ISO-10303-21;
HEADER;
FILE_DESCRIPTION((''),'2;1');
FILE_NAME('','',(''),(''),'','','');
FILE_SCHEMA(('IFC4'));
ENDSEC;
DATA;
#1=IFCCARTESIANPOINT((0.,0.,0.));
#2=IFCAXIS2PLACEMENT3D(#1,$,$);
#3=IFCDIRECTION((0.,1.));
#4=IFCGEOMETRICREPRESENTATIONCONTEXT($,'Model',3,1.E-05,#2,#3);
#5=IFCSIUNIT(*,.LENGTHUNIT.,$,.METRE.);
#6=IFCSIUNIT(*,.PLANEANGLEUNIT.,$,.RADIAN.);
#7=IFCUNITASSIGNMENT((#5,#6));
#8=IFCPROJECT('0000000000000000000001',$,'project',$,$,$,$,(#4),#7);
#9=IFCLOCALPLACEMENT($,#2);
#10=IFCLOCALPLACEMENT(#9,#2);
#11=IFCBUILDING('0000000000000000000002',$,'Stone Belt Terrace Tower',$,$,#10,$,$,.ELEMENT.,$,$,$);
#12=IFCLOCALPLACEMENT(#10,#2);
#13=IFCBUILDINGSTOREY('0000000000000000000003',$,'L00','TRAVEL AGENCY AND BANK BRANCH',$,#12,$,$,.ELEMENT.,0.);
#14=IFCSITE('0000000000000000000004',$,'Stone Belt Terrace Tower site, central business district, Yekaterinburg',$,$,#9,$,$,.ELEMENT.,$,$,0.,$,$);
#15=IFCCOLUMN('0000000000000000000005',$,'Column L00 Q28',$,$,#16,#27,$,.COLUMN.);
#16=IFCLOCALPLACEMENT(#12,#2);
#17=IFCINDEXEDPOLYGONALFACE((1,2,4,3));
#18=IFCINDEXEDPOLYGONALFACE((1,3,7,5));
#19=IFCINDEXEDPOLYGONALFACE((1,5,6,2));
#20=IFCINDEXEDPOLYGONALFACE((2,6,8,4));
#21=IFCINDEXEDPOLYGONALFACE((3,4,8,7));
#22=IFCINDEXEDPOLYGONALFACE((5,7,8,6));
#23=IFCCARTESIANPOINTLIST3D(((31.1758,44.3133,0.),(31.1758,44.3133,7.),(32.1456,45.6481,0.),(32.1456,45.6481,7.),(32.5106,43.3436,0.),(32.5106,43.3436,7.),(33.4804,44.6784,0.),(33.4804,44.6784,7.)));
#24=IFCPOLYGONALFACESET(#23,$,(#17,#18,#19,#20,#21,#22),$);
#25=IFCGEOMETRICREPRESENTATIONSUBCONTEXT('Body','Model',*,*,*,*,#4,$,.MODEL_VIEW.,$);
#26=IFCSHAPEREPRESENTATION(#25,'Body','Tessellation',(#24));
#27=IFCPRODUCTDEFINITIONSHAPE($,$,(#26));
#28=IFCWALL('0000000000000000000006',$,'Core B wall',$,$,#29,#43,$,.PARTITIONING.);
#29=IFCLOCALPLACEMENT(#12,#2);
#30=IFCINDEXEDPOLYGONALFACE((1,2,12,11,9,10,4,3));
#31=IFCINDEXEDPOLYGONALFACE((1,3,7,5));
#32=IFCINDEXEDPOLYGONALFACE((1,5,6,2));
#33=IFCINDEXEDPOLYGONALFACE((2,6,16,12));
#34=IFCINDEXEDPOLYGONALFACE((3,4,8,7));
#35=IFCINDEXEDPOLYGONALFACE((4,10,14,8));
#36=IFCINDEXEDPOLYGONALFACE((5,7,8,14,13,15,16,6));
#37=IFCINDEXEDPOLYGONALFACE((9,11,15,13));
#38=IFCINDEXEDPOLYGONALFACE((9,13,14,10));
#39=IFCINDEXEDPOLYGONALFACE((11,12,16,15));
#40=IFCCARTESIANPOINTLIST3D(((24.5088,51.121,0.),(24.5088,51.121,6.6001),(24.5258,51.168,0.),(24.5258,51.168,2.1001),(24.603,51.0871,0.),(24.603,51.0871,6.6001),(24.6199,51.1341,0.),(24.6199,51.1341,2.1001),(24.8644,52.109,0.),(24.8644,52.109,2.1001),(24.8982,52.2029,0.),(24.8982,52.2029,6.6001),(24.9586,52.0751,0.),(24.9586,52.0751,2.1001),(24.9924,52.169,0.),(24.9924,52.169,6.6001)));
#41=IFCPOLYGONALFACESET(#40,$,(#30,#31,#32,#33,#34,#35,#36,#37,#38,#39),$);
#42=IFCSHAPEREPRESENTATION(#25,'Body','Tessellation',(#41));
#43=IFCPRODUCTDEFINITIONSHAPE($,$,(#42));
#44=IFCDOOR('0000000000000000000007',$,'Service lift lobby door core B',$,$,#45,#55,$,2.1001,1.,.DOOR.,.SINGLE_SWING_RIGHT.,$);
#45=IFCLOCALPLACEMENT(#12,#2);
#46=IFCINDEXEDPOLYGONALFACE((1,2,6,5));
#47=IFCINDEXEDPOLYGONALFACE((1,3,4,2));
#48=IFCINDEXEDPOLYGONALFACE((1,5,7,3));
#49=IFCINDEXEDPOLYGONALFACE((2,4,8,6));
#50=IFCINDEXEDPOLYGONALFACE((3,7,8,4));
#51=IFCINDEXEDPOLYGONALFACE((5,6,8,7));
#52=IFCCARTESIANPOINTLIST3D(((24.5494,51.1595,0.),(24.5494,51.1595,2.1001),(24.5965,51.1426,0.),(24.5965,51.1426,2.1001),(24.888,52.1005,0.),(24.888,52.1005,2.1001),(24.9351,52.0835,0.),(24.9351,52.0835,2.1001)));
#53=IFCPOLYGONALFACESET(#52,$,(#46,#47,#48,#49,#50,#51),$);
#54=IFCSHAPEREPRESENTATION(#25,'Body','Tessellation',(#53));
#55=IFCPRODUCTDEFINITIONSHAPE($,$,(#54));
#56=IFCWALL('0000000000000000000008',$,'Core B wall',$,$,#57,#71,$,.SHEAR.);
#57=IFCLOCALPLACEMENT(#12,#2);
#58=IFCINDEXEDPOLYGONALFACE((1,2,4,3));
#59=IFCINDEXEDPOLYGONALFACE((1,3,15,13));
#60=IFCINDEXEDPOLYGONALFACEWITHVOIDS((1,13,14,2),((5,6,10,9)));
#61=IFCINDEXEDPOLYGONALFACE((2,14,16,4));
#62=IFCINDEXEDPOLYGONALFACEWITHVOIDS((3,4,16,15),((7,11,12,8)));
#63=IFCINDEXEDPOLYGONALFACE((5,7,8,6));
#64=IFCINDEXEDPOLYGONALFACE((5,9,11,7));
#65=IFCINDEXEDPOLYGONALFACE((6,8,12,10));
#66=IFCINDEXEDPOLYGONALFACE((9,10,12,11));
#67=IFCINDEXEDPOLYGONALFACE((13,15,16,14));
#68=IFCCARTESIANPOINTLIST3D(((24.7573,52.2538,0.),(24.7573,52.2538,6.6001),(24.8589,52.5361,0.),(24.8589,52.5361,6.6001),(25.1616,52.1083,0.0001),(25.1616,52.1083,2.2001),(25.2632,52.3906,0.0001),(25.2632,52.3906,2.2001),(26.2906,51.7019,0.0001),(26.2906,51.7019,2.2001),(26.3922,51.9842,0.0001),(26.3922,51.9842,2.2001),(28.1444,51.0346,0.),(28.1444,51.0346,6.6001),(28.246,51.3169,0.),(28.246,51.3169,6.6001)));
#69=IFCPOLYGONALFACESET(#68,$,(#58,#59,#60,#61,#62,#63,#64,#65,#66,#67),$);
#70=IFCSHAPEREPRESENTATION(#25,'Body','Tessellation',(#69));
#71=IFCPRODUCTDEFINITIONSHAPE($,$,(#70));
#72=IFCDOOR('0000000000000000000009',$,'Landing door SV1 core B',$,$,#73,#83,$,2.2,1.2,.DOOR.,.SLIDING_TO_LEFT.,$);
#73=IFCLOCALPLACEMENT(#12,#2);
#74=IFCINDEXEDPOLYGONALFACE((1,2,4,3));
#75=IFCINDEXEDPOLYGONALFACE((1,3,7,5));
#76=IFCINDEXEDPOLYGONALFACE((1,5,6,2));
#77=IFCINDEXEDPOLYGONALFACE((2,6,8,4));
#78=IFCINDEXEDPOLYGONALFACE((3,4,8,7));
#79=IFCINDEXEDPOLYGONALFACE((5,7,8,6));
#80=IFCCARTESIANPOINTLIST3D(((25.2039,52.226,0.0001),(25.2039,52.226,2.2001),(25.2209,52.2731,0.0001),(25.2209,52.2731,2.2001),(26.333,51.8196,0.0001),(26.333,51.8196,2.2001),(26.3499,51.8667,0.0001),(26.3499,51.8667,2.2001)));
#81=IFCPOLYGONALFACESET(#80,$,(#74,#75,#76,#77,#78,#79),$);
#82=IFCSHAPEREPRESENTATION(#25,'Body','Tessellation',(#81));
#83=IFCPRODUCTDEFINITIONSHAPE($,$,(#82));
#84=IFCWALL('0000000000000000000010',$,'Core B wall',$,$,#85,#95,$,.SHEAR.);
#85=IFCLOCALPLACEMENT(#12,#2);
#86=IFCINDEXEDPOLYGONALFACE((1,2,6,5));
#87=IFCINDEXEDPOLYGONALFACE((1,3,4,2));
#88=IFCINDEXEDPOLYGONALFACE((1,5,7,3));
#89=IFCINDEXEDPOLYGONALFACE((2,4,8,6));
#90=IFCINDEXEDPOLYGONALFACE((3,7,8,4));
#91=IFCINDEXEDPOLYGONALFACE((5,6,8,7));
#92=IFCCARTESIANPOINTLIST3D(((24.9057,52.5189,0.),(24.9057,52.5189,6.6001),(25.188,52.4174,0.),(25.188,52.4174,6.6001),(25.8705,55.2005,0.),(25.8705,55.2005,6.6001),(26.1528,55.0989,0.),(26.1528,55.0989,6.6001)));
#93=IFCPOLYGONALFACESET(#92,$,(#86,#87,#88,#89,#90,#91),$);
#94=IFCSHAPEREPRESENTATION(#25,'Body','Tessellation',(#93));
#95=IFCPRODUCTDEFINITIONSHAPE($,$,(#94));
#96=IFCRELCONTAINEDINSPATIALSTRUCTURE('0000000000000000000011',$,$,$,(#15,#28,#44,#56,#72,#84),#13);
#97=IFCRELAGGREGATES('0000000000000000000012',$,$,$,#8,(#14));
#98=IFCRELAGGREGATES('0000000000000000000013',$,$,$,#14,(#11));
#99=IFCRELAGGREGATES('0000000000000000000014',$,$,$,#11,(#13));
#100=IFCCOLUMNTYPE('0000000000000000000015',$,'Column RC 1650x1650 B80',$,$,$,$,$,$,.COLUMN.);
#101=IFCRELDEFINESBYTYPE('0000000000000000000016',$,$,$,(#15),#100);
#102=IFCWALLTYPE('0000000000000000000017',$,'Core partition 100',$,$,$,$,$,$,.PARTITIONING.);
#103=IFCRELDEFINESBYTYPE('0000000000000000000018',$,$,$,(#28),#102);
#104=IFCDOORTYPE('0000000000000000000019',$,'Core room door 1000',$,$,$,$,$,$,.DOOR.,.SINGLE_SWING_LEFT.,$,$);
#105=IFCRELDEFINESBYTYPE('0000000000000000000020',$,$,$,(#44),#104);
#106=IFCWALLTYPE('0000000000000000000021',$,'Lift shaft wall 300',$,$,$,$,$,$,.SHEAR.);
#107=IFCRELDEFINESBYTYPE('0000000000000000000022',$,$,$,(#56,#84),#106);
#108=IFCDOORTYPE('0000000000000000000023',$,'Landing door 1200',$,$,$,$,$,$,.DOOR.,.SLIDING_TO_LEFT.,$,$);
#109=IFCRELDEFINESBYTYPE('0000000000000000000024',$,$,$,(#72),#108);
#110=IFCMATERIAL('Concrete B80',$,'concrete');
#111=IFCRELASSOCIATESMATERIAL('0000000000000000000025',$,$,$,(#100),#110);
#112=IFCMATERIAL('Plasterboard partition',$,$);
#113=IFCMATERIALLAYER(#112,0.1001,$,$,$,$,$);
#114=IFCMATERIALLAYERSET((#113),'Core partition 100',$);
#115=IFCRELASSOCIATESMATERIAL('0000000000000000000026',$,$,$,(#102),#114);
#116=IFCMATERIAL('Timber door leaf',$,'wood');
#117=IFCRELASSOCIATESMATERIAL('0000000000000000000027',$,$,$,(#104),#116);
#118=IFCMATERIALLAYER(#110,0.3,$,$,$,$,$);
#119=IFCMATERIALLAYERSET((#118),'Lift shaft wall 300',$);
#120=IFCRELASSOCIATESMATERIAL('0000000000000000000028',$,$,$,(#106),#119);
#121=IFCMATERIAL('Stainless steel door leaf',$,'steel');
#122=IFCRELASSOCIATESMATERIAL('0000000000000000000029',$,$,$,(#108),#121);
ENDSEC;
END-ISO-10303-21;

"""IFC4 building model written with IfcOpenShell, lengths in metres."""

from ifc_helpers import new_model, si_unit, direction, frame, frame_2d, origin, origin_2d, place, context, subcontext, project, spatial, rectangle, extrude, material, layer, layer_set, material_profile, profile_set, type_object, element, fill, save


model = new_model("IFC4")

# Units and contexts
model_context = context("Model", 3, precision=1e-05, world=origin(), true_north=direction((0.0, 1.0)))
body_context = subcontext(model_context, "Body", "Model", "MODEL_VIEW")
ifc_project = project(units=[si_unit("LENGTHUNIT", "METRE"), si_unit("PLANEANGLEUNIT", "RADIAN")], contexts=[model_context])

# Site, building, storey
site_placement = place(None, origin())
site = spatial("IfcSite", under=ifc_project, at=site_placement, Name="Stone Belt Terrace Tower site, central business district, Yekaterinburg", CompositionType="ELEMENT", RefElevation=0.0)
building_placement = place(site_placement, origin())
building = spatial("IfcBuilding", under=site, at=building_placement, Name="Stone Belt Terrace Tower", CompositionType="ELEMENT")
storey_placement = place(building_placement, origin())
storey = spatial("IfcBuildingStorey", under=building, at=storey_placement, Name="L00", Description="TRAVEL AGENCY AND BANK BRANCH", CompositionType="ELEMENT", Elevation=0.0)

# Column
ifc_material_1 = material(Name="Concrete B80", Category="concrete")
ifc_material_profile = material_profile(ifc_material_1, rectangle(XDim=1.6499, YDim=1.6499, at=origin_2d()), Name="RC 1650x1650")
ifc_profile_set = profile_set([ifc_material_profile], Name="Concrete B80")
column_type = type_object("IfcColumnType", Name="Column RC 1650x1650 B80", PredefinedType="COLUMN", material=ifc_profile_set)
column_placement = place(storey_placement, frame((32.3281, 44.4958, 0.0), z_axis=(0.0, 0.0, 1.0), x_axis=(0.809017, -0.587785, 0.0)))
element("IfcColumn", 1, at=column_placement, inside=storey, type_object=column_type, Name="Column L00 Q28", PredefinedType="COLUMN", context=body_context, shape_type="SweptSolid", body=[
    extrude(rectangle(XDim=1.6499, YDim=1.6499, at=origin_2d()), origin(), (0.0, 0.0, 1.0), 7.0),
])

# Walls, openings, doors
ifc_material_2 = material(Name="Plasterboard partition")
ifc_layer_1 = layer(ifc_material_2, 0.1001)
ifc_layer_set_1 = layer_set([ifc_layer_1], Name="Core partition 100")
wall_type_1 = type_object("IfcWallType", Name="Core partition 100", PredefinedType="PARTITIONING", material=ifc_layer_set_1)
wall_1_placement = place(storey_placement, frame((24.5559, 51.104, 0.0), z_axis=(0.0, 0.0, 1.0), x_axis=(0.338622, 0.940923, 0.0)))
wall_1 = element("IfcWall", 2, at=wall_1_placement, inside=storey, type_object=wall_type_1, Name="Core B wall", PredefinedType="PARTITIONING", context=body_context, shape_type="SweptSolid", body=[
    extrude(rectangle(XDim=1.1499, YDim=0.1001, at=frame_2d((0.575, 0.0))), origin(), (0.0, 0.0, 1.0), 6.6001),
])
opening_1_placement = place(wall_1_placement, frame((0.05, 0.0, 0.0)))
opening_1 = element("IfcOpeningElement", 3, at=opening_1_placement, cuts=wall_1, PredefinedType="OPENING", context=body_context, shape_type="SweptSolid", body=[
    extrude(rectangle(XDim=1.0, YDim=2.1001, at=frame_2d((0.5, 1.05))), frame((0.0, 0.0601, 0.0), z_axis=(0.0, -1.0, 0.0), x_axis=(1.0, 0.0, 0.0)), (0.0, 0.0, 1.0), 0.1201),
])
ifc_material_3 = material(Name="Timber door leaf", Category="wood")
door_type_1 = type_object("IfcDoorType", Name="Core room door 1000", OperationType="SINGLE_SWING_LEFT", PredefinedType="DOOR", material=ifc_material_3)
door_1_placement = place(opening_1_placement, origin())
door_1 = element("IfcDoor", 4, at=door_1_placement, inside=storey, type_object=door_type_1, Name="Service lift lobby door core B", OperationType="SINGLE_SWING_RIGHT", OverallHeight=2.1001, OverallWidth=1.0, PredefinedType="DOOR", context=body_context, shape_type="SweptSolid", body=[
    extrude(rectangle(XDim=1.0, YDim=2.1001, at=frame_2d((0.5, 1.05))), frame((0.0, 0.0249, 0.0), z_axis=(0.0, -1.0, 0.0), x_axis=(1.0, 0.0, 0.0)), (0.0, 0.0, 1.0), 0.05),
])
fill(opening_1, door_1)
ifc_layer_2 = layer(ifc_material_1, 0.3)
ifc_layer_set_2 = layer_set([ifc_layer_2], Name="Lift shaft wall 300")
wall_type_2 = type_object("IfcWallType", Name="Lift shaft wall 300", PredefinedType="SHEAR", material=ifc_layer_set_2)
wall_2_placement = place(storey_placement, frame((28.1951, 51.1758, 0.0), z_axis=(0.0, 0.0, 1.0), x_axis=(-0.940901, 0.338681, 0.0)))
wall_2 = element("IfcWall", 5, at=wall_2_placement, inside=storey, type_object=wall_type_2, Name="Core B wall", PredefinedType="SHEAR", context=body_context, shape_type="SweptSolid", body=[
    extrude(rectangle(XDim=3.5999, YDim=0.3, at=frame_2d((1.7998, 0.0))), origin(), (0.0, 0.0, 1.0), 6.6001),
])
opening_2_placement = place(wall_2_placement, frame((1.97, 0.0, 0.0)))
opening_2 = element("IfcOpeningElement", 6, at=opening_2_placement, cuts=wall_2, PredefinedType="OPENING", context=body_context, shape_type="SweptSolid", body=[
    extrude(rectangle(XDim=1.2, YDim=2.2, at=frame_2d((0.6001, 1.1001))), frame((0.0, 0.1599, 0.0), z_axis=(0.0, -1.0, 0.0), x_axis=(1.0, 0.0, 0.0)), (0.0, 0.0, 1.0), 0.3201),
])
ifc_material_4 = material(Name="Stainless steel door leaf", Category="steel")
door_type_2 = type_object("IfcDoorType", Name="Landing door 1200", OperationType="SLIDING_TO_LEFT", PredefinedType="DOOR", material=ifc_material_4)
door_2_placement = place(opening_2_placement, origin())
door_2 = element("IfcDoor", 7, at=door_2_placement, inside=storey, type_object=door_type_2, Name="Landing door SV1 core B", OperationType="SLIDING_TO_LEFT", OverallHeight=2.2, OverallWidth=1.2, PredefinedType="DOOR", context=body_context, shape_type="SweptSolid", body=[
    extrude(rectangle(XDim=1.2, YDim=2.2, at=frame_2d((0.6001, 1.1001))), frame((0.0, 0.0249, 0.0), z_axis=(0.0, -1.0, 0.0), x_axis=(1.0, 0.0, 0.0)), (0.0, 0.0, 1.0), 0.05),
])
fill(opening_2, door_2)

# Wall
wall_3_placement = place(storey_placement, frame((25.0469, 52.4683, 0.0), z_axis=(0.0, 0.0, 1.0), x_axis=(0.33855, 0.940949, 0.0)))
element("IfcWall", 8, at=wall_3_placement, inside=storey, type_object=wall_type_2, Name="Core B wall", PredefinedType="SHEAR", context=body_context, shape_type="SweptSolid", body=[
    extrude(rectangle(XDim=2.8499, YDim=0.3, at=frame_2d((1.4248, 0.0))), origin(), (0.0, 0.0, 1.0), 6.6001),
])

save(model, "model.ifc")
